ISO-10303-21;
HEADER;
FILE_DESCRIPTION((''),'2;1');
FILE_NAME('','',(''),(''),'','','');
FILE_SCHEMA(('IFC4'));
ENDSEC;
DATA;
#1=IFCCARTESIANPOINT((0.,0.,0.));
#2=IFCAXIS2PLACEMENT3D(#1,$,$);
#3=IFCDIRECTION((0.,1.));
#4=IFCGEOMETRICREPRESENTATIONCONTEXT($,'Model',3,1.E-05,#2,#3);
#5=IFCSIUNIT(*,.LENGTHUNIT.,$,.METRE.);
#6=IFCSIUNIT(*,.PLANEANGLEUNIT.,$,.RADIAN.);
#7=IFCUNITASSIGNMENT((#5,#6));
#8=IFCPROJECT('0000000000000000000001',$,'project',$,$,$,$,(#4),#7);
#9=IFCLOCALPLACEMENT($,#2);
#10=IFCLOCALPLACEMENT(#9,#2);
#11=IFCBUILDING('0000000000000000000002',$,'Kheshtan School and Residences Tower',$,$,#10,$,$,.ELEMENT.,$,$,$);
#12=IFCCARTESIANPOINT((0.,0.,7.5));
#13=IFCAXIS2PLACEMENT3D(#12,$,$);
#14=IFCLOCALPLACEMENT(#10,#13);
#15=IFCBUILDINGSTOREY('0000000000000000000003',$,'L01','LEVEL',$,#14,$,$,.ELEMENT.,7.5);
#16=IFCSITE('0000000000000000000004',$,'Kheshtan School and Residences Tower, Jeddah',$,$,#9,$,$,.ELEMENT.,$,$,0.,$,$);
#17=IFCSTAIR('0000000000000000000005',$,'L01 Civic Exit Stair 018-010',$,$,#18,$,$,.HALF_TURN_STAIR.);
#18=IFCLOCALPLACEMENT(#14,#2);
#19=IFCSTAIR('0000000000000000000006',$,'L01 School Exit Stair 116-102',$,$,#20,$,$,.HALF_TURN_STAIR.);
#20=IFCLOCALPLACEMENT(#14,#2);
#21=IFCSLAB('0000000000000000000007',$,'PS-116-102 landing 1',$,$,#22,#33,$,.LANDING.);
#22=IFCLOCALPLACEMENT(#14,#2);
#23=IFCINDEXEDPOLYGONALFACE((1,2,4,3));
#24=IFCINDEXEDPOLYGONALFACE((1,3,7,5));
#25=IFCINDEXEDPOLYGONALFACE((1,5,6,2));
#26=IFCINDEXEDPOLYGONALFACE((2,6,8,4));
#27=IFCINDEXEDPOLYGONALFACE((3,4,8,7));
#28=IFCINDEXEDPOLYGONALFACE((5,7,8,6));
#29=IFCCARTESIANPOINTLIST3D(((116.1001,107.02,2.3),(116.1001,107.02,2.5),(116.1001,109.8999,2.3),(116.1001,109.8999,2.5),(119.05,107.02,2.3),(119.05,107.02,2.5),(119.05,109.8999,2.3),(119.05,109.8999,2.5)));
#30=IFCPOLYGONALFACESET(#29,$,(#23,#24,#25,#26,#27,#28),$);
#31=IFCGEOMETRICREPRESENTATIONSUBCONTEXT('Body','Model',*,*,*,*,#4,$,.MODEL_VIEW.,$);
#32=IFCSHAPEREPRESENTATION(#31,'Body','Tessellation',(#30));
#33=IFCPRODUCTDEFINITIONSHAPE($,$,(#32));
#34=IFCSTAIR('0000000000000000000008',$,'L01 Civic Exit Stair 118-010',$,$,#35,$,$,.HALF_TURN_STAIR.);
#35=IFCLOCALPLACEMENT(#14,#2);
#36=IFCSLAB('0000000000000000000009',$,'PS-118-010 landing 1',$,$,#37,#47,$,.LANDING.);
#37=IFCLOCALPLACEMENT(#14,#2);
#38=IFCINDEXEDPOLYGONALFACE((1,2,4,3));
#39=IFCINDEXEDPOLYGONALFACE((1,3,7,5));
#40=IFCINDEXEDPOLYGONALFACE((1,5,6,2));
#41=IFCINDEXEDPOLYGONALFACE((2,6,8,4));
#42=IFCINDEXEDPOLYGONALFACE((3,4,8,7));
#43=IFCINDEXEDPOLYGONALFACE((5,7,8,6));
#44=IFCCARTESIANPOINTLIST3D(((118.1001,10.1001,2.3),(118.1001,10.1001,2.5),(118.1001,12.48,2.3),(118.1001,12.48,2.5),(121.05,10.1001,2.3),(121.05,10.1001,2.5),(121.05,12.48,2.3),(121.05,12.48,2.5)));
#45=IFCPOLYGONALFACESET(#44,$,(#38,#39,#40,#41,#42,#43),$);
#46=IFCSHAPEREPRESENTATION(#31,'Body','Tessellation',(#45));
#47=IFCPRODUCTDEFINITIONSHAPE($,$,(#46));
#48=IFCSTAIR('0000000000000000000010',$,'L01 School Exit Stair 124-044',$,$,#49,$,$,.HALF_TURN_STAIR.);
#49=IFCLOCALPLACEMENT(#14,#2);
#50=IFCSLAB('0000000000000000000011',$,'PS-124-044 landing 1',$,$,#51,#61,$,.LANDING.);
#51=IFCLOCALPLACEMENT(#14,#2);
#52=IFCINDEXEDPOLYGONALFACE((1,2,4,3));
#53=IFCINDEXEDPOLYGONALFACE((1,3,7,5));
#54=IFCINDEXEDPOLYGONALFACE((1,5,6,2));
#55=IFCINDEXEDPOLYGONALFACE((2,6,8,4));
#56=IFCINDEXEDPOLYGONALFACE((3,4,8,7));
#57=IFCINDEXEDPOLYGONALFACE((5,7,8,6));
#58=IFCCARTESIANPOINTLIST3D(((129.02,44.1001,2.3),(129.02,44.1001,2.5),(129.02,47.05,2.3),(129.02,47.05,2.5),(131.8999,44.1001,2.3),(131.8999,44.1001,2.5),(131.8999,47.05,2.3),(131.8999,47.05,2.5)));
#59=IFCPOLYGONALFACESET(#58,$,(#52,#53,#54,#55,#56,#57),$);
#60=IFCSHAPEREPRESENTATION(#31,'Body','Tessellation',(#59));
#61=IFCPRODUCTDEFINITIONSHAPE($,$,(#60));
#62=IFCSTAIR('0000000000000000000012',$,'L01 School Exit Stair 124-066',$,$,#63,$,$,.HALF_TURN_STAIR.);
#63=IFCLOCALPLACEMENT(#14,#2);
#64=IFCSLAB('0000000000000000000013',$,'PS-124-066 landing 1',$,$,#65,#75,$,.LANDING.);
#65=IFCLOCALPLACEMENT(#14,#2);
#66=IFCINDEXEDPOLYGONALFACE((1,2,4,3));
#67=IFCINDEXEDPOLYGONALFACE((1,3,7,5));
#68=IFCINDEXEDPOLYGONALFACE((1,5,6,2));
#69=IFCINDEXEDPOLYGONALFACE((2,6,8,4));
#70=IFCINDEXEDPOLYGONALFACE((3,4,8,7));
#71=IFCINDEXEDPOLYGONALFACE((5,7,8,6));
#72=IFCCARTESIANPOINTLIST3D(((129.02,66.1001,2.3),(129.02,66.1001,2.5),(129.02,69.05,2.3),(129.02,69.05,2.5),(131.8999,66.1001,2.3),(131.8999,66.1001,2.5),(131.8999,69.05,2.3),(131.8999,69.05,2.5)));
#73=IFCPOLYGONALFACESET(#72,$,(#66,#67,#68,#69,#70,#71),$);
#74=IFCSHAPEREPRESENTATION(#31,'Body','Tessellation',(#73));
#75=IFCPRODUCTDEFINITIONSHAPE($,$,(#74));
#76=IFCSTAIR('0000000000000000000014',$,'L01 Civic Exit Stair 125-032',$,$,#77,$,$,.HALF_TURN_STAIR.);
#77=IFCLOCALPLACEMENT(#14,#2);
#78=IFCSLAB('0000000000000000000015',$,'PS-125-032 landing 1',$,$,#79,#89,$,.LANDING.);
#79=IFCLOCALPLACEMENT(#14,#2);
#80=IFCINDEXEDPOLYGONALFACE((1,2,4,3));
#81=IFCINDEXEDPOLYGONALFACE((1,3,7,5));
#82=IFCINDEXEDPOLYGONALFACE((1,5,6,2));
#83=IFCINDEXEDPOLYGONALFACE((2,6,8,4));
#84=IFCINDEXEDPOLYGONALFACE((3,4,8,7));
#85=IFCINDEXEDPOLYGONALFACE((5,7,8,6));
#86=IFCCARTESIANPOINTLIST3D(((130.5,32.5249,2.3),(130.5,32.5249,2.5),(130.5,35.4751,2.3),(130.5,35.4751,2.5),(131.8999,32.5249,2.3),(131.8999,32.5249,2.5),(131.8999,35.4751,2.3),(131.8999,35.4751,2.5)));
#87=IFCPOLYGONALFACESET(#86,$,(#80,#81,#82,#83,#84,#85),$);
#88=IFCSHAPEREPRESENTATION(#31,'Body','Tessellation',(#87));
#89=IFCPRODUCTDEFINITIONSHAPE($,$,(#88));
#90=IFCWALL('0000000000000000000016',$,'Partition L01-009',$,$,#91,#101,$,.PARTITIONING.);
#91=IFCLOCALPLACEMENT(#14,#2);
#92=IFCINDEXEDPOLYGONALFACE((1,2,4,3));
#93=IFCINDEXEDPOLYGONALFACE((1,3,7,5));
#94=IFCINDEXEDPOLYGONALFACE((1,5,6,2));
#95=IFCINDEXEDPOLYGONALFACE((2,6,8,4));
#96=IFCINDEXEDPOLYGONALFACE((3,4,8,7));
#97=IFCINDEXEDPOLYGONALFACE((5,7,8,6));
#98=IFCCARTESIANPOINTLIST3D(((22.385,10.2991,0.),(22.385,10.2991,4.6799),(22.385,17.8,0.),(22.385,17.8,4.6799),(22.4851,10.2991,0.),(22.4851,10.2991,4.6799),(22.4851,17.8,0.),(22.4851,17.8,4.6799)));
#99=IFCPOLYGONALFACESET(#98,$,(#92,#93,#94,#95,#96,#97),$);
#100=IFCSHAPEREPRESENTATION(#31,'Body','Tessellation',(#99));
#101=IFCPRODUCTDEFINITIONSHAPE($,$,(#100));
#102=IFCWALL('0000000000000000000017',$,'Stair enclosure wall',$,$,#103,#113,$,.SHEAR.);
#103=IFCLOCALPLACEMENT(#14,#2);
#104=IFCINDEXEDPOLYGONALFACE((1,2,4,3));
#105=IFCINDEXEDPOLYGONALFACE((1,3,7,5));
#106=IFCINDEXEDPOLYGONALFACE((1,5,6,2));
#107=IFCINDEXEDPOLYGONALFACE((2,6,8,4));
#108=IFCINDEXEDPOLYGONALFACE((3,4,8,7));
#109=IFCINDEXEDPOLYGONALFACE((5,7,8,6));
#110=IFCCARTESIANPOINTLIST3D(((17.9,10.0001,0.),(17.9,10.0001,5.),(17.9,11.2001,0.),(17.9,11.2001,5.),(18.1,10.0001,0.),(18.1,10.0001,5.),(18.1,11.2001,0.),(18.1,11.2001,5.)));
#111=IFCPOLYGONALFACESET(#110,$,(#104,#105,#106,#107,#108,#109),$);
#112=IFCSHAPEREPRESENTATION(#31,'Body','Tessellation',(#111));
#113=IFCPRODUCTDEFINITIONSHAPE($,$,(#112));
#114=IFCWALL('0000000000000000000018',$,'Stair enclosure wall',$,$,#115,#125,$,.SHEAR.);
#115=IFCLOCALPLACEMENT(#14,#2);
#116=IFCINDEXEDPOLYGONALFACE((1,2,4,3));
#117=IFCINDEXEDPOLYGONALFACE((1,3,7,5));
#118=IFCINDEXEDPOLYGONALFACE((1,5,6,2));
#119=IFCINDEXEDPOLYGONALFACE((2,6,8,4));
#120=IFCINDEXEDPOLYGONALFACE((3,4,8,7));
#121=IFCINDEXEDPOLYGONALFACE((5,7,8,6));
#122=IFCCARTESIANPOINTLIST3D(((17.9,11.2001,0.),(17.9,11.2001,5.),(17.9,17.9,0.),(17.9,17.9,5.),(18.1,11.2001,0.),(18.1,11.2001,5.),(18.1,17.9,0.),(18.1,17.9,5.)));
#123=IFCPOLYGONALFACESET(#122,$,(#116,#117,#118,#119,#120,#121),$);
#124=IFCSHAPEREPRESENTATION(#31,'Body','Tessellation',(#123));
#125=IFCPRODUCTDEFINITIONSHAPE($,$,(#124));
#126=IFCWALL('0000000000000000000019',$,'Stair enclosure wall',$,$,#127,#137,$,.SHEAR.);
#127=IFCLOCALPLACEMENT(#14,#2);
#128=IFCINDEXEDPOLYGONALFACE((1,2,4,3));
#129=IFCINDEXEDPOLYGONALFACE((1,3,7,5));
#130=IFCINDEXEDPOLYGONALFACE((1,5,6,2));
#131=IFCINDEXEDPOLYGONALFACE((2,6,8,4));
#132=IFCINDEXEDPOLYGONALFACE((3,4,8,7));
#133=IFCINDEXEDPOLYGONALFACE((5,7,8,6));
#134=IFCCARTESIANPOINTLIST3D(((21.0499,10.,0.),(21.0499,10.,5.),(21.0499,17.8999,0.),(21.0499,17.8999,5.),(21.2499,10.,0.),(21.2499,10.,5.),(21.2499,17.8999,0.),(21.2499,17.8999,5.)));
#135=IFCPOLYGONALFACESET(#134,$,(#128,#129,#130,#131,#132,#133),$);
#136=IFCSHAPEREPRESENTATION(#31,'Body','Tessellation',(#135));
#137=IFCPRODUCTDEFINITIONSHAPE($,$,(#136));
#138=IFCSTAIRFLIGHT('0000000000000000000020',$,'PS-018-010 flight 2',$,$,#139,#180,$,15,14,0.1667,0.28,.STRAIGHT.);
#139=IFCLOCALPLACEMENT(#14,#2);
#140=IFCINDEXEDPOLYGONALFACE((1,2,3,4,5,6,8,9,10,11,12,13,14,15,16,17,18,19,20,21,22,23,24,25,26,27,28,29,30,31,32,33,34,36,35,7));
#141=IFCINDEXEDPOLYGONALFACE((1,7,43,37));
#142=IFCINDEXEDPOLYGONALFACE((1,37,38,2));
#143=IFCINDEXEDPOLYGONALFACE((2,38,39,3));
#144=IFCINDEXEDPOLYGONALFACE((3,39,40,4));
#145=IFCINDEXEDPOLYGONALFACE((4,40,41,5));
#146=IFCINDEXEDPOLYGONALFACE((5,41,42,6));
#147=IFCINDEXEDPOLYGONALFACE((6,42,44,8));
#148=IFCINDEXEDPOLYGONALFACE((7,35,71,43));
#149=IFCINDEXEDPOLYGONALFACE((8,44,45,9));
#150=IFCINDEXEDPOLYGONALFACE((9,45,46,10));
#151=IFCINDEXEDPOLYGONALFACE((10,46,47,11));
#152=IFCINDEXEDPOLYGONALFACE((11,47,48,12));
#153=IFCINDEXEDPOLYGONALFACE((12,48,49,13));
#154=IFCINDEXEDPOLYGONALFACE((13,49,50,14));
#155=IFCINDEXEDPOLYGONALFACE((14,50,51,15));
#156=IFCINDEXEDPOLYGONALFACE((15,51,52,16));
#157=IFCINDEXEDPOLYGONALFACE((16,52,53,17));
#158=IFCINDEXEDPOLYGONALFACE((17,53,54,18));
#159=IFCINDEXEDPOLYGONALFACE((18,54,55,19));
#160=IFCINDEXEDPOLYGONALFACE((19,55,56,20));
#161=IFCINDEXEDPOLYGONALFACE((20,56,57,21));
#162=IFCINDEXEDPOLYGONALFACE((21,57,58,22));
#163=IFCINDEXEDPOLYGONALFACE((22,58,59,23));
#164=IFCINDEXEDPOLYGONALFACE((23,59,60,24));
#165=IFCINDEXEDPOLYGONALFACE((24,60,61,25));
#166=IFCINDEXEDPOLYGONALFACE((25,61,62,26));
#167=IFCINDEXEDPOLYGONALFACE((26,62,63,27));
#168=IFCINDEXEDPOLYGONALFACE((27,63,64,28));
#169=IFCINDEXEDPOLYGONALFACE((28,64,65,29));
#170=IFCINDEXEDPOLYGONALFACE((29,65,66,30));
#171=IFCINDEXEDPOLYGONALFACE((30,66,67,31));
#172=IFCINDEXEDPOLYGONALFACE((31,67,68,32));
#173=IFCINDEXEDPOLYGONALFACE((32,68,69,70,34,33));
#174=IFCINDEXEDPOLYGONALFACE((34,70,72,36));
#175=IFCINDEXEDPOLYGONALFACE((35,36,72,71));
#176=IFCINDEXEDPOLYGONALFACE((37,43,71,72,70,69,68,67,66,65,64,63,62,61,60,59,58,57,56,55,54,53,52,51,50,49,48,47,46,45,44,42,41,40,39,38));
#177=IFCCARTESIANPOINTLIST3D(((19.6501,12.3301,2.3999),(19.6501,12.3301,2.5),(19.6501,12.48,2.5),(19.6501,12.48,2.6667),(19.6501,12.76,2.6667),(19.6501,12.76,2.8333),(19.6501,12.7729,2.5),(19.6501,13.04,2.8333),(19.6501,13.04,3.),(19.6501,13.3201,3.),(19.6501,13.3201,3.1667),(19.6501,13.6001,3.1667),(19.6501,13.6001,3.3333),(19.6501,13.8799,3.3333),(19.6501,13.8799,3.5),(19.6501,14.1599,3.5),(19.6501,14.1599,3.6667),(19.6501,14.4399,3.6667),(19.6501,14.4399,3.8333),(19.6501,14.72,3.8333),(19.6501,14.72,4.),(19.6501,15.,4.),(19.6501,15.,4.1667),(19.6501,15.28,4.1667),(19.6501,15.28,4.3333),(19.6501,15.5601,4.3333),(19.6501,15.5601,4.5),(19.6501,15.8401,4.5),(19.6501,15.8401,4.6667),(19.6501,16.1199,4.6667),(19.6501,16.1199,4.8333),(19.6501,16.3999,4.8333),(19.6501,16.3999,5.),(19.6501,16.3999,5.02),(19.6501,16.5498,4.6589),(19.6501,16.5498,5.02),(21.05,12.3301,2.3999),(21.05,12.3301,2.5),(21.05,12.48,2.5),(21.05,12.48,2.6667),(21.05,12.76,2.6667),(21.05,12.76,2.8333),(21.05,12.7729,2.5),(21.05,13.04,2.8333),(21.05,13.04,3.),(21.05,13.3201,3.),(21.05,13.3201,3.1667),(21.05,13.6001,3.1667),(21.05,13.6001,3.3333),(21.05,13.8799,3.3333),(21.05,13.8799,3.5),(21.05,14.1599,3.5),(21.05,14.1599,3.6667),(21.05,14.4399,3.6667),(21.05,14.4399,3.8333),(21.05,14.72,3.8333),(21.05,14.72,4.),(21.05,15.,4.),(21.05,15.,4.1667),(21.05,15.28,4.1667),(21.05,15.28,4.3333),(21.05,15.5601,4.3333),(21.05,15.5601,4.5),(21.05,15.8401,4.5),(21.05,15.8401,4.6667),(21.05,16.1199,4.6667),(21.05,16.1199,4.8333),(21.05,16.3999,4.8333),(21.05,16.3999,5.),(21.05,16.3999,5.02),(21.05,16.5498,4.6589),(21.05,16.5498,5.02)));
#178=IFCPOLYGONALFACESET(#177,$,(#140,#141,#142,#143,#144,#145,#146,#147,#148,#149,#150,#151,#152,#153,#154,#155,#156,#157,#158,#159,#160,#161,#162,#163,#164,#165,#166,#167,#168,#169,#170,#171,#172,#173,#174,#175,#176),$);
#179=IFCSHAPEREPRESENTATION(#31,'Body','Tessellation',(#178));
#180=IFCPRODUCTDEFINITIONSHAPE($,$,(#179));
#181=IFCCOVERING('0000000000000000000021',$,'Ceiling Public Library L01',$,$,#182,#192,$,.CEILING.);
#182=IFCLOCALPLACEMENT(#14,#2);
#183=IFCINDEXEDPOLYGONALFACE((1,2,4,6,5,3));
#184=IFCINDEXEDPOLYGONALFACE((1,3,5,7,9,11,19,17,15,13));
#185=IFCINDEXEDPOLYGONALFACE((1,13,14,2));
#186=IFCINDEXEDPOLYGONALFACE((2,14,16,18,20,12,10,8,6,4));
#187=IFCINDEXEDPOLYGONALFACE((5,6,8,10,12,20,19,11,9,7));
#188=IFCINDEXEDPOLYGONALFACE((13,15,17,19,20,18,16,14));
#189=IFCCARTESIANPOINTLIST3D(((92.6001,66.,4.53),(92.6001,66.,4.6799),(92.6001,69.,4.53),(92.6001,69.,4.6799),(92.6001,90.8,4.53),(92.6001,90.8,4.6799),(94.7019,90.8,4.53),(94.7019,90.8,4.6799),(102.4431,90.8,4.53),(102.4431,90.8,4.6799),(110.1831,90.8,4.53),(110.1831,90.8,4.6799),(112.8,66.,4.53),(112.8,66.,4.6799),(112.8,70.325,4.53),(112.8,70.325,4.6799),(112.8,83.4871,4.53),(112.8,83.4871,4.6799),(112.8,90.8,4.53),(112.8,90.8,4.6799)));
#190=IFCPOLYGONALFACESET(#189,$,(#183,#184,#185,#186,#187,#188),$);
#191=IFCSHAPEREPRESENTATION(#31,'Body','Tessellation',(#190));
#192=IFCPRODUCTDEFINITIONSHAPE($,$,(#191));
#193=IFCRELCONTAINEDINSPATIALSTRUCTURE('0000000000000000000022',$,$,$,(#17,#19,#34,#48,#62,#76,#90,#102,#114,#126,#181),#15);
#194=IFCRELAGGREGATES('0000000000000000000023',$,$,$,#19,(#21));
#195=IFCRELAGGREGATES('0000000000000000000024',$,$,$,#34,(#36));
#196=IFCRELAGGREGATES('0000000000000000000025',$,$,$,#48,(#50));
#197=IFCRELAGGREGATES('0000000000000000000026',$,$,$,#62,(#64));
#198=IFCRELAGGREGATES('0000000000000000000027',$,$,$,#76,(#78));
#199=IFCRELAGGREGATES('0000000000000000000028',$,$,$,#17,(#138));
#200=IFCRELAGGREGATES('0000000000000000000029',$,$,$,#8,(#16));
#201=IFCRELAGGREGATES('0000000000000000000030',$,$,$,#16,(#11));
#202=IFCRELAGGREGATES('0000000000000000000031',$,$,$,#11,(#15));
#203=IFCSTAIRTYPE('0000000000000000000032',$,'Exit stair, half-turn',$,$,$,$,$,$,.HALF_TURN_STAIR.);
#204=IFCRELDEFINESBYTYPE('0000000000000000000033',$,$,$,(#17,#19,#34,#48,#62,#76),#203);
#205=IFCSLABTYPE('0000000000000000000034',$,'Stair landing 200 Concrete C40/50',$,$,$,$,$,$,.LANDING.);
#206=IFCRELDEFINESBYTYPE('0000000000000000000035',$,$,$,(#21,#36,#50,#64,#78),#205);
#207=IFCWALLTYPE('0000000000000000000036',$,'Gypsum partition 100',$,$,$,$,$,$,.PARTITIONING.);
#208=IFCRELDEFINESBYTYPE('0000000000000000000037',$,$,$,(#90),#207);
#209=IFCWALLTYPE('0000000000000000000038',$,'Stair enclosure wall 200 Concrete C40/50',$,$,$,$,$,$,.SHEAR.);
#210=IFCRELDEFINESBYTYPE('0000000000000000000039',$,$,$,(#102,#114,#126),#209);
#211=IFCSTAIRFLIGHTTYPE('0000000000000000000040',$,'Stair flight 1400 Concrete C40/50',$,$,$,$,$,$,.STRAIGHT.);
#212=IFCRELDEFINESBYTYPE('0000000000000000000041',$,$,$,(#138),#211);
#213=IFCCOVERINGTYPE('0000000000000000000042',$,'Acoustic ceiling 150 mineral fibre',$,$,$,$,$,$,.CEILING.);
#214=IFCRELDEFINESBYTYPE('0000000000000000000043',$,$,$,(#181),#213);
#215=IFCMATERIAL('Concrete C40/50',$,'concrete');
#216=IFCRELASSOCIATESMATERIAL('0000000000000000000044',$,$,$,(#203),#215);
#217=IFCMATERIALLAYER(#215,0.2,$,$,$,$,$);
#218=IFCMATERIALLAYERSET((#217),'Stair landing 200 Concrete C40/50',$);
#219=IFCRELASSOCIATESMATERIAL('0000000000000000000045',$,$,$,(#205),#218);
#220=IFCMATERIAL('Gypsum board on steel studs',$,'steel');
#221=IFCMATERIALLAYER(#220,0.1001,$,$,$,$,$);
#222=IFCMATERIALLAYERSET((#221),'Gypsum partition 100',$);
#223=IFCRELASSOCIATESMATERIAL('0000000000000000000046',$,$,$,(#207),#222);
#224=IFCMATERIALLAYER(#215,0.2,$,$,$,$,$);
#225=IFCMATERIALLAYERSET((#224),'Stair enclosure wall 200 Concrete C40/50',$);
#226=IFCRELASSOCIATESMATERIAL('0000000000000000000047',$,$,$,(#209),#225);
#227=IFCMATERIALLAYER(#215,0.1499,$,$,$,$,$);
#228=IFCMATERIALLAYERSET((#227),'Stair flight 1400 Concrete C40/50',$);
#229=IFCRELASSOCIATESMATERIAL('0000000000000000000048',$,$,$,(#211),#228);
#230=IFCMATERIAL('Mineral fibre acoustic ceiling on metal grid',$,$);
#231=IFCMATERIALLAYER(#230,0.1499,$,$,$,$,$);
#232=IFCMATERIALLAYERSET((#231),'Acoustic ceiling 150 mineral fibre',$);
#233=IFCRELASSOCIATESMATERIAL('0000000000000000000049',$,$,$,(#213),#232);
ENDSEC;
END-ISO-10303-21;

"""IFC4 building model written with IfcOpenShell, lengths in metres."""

from ifc_helpers import new_model, si_unit, direction, frame, frame_2d, origin, place, context, subcontext, project, spatial, polyline, rectangle, outline, extrude, material, layer, layer_set, type_object, element, aggregate, save


model = new_model("IFC4")

# Units and contexts
model_context = context("Model", 3, precision=1e-05, world=origin(), true_north=direction((0.0, 1.0)))
body_context = subcontext(model_context, "Body", "Model", "MODEL_VIEW")
ifc_project = project(units=[si_unit("LENGTHUNIT", "METRE"), si_unit("PLANEANGLEUNIT", "RADIAN")], contexts=[model_context])

# Site, building, storey
site_placement = place(None, origin())
site = spatial("IfcSite", under=ifc_project, at=site_placement, Name="Kheshtan School and Residences Tower, Jeddah", CompositionType="ELEMENT", RefElevation=0.0)
building_placement = place(site_placement, origin())
building = spatial("IfcBuilding", under=site, at=building_placement, Name="Kheshtan School and Residences Tower", CompositionType="ELEMENT")
storey_placement = place(building_placement, frame((0.0, 0.0, 7.5)))
storey = spatial("IfcBuildingStorey", under=building, at=storey_placement, Name="L01", Description="LEVEL", CompositionType="ELEMENT", Elevation=7.5)

# Shared definitions
ifc_material_1 = material(Name="Concrete C40/50", Category="concrete")

# Stairs, slabs
stair_type = type_object("IfcStairType", Name="Exit stair, half-turn", PredefinedType="HALF_TURN_STAIR", material=ifc_material_1)
ifc_layer_1 = layer(ifc_material_1, 0.2)
ifc_layer_set_1 = layer_set([ifc_layer_1], Name="Stair landing 200 Concrete C40/50")
slab_type_1 = type_object("IfcSlabType", Name="Stair landing 200 Concrete C40/50", PredefinedType="LANDING", material=ifc_layer_set_1)
stair_1_placement = place(storey_placement, origin())
stair_1 = element("IfcStair", 1, at=stair_1_placement, inside=storey, type_object=stair_type, Name="L01 Civic Exit Stair 018-010", PredefinedType="HALF_TURN_STAIR")
stair_2_placement = place(storey_placement, origin())
stair_2 = element("IfcStair", 2, at=stair_2_placement, inside=storey, type_object=stair_type, Name="L01 School Exit Stair 116-102", PredefinedType="HALF_TURN_STAIR")
slab_1_placement = place(storey_placement, frame((0.0, 0.0, 2.3)))
slab_1 = element("IfcSlab", 3, at=slab_1_placement, type_object=slab_type_1, Name="PS-116-102 landing 1", PredefinedType="LANDING", context=body_context, shape_type="SweptSolid", body=[
    extrude(outline(polyline([(119.05, 107.02), (119.05, 109.8999), (116.1001, 109.8999), (116.1001, 107.02), (119.05, 107.02)])), origin(), (0.0, 0.0, 1.0), 0.2),
])
aggregate(stair_2, [slab_1])
stair_3_placement = place(storey_placement, origin())
stair_3 = element("IfcStair", 4, at=stair_3_placement, inside=storey, type_object=stair_type, Name="L01 Civic Exit Stair 118-010", PredefinedType="HALF_TURN_STAIR")
slab_2_placement = place(storey_placement, frame((0.0, 0.0, 2.3)))
slab_2 = element("IfcSlab", 5, at=slab_2_placement, type_object=slab_type_1, Name="PS-118-010 landing 1", PredefinedType="LANDING", context=body_context, shape_type="SweptSolid", body=[
    extrude(outline(polyline([(118.1001, 12.48), (118.1001, 10.1001), (121.05, 10.1001), (121.05, 12.48), (118.1001, 12.48)])), origin(), (0.0, 0.0, 1.0), 0.2),
])
aggregate(stair_3, [slab_2])
stair_4_placement = place(storey_placement, origin())
stair_4 = element("IfcStair", 6, at=stair_4_placement, inside=storey, type_object=stair_type, Name="L01 School Exit Stair 124-044", PredefinedType="HALF_TURN_STAIR")
slab_3_placement = place(storey_placement, frame((0.0, 0.0, 2.3)))
slab_3 = element("IfcSlab", 7, at=slab_3_placement, type_object=slab_type_1, Name="PS-124-044 landing 1", PredefinedType="LANDING", context=body_context, shape_type="SweptSolid", body=[
    extrude(outline(polyline([(129.02, 44.1001), (131.8999, 44.1001), (131.8999, 47.05), (129.02, 47.05), (129.02, 44.1001)])), origin(), (0.0, 0.0, 1.0), 0.2),
])
aggregate(stair_4, [slab_3])
stair_5_placement = place(storey_placement, origin())
stair_5 = element("IfcStair", 8, at=stair_5_placement, inside=storey, type_object=stair_type, Name="L01 School Exit Stair 124-066", PredefinedType="HALF_TURN_STAIR")
slab_4_placement = place(storey_placement, frame((0.0, 0.0, 2.3)))
slab_4 = element("IfcSlab", 9, at=slab_4_placement, type_object=slab_type_1, Name="PS-124-066 landing 1", PredefinedType="LANDING", context=body_context, shape_type="SweptSolid", body=[
    extrude(outline(polyline([(129.02, 66.1001), (131.8999, 66.1001), (131.8999, 69.05), (129.02, 69.05), (129.02, 66.1001)])), origin(), (0.0, 0.0, 1.0), 0.2),
])
aggregate(stair_5, [slab_4])
stair_6_placement = place(storey_placement, origin())
stair_6 = element("IfcStair", 10, at=stair_6_placement, inside=storey, type_object=stair_type, Name="L01 Civic Exit Stair 125-032", PredefinedType="HALF_TURN_STAIR")
slab_5_placement = place(storey_placement, frame((0.0, 0.0, 2.3)))
slab_5 = element("IfcSlab", 11, at=slab_5_placement, type_object=slab_type_1, Name="PS-125-032 landing 1", PredefinedType="LANDING", context=body_context, shape_type="SweptSolid", body=[
    extrude(outline(polyline([(130.5, 32.5249), (131.8999, 32.5249), (131.8999, 35.4751), (130.5, 35.4751), (130.5, 32.5249)])), origin(), (0.0, 0.0, 1.0), 0.2),
])
aggregate(stair_6, [slab_5])

# Walls
ifc_material_2 = material(Name="Gypsum board on steel studs", Category="steel")
ifc_layer_2 = layer(ifc_material_2, 0.1001)
ifc_layer_set_2 = layer_set([ifc_layer_2], Name="Gypsum partition 100")
wall_type_1 = type_object("IfcWallType", Name="Gypsum partition 100", PredefinedType="PARTITIONING", material=ifc_layer_set_2)
wall_1_placement = place(storey_placement, frame((22.4351, 10.2991, 0.0), z_axis=(0.0, 0.0, 1.0), x_axis=(0.0, 1.0, 0.0)))
element("IfcWall", 12, at=wall_1_placement, inside=storey, type_object=wall_type_1, Name="Partition L01-009", PredefinedType="PARTITIONING", context=body_context, shape_type="SweptSolid", body=[
    extrude(rectangle(XDim=7.501, YDim=0.1001, at=frame_2d((3.7505, 0.0))), origin(), (0.0, 0.0, 1.0), 4.6799),
])
ifc_layer_3 = layer(ifc_material_1, 0.2)
ifc_layer_set_3 = layer_set([ifc_layer_3], Name="Stair enclosure wall 200 Concrete C40/50")
wall_type_2 = type_object("IfcWallType", Name="Stair enclosure wall 200 Concrete C40/50", PredefinedType="SHEAR", material=ifc_layer_set_3)
wall_2_placement = place(storey_placement, frame((18.0, 10.0, 0.0), z_axis=(0.0, 0.0, 1.0), x_axis=(0.0, 1.0, 0.0)))
element("IfcWall", 13, at=wall_2_placement, inside=storey, type_object=wall_type_2, Name="Stair enclosure wall", PredefinedType="SHEAR", context=body_context, shape_type="SweptSolid", body=[
    extrude(rectangle(XDim=1.2, YDim=0.2, at=frame_2d((0.6001, 0.0))), origin(), (0.0, 0.0, 1.0), 5.0),
])
wall_3_placement = place(storey_placement, frame((18.0, 11.2, 0.0), z_axis=(0.0, 0.0, 1.0), x_axis=(0.0, 1.0, 0.0)))
element("IfcWall", 14, at=wall_3_placement, inside=storey, type_object=wall_type_2, Name="Stair enclosure wall", PredefinedType="SHEAR", context=body_context, shape_type="SweptSolid", body=[
    extrude(rectangle(XDim=6.7, YDim=0.2, at=frame_2d((3.3501, 0.0))), origin(), (0.0, 0.0, 1.0), 5.0),
])
wall_4_placement = place(storey_placement, frame((21.1499, 10.0, 0.0), z_axis=(0.0, 0.0, 1.0), x_axis=(0.0, 1.0, 0.0)))
element("IfcWall", 15, at=wall_4_placement, inside=storey, type_object=wall_type_2, Name="Stair enclosure wall", PredefinedType="SHEAR", context=body_context, shape_type="SweptSolid", body=[
    extrude(rectangle(XDim=7.8999, YDim=0.2, at=frame_2d((3.95, 0.0))), origin(), (0.0, 0.0, 1.0), 5.0),
])

# Stair flight
ifc_layer_4 = layer(ifc_material_1, 0.1499)
ifc_layer_set_4 = layer_set([ifc_layer_4], Name="Stair flight 1400 Concrete C40/50")
stair_flight_type = type_object("IfcStairFlightType", Name="Stair flight 1400 Concrete C40/50", PredefinedType="STRAIGHT", material=ifc_layer_set_4)
stair_flight_placement = place(storey_placement, frame((20.3501, 12.48, 2.5), z_axis=(0.0, 0.0, 1.0), x_axis=(0.0, 1.0, 0.0)))
stair_flight = element("IfcStairFlight", 16, at=stair_flight_placement, type_object=stair_flight_type, Name="PS-018-010 flight 2", NumberOfRisers=15, NumberOfTreads=14, PredefinedType="STRAIGHT", RiserHeight=0.1667, TreadLength=0.28, context=body_context, shape_type="SweptSolid", body=[
    extrude(outline(polyline([(-0.1499, -0.1001), (-0.1499, 0.0), (0.0, 0.0), (0.0, 0.1667), (0.28, 0.1667), (0.28, 0.3333), (0.5601, 0.3333), (0.5601, 0.5), (0.8401, 0.5), (0.8401, 0.6667), (1.1201, 0.6667), (1.1201, 0.8333), (1.3999, 0.8333), (1.3999, 1.0), (1.6799, 1.0), (1.6799, 1.1667), (1.96, 1.1667), (1.96, 1.3333), (2.24, 1.3333), (2.24, 1.5), (2.52, 1.5), (2.52, 1.6667), (2.8, 1.6667), (2.8, 1.8333), (3.0801, 1.8333), (3.0801, 2.0), (3.3601, 2.0), (3.3601, 2.1667), (3.6399, 2.1667), (3.6399, 2.3333), (3.9199, 2.3333), (3.9199, 2.5), (3.9199, 2.52), (4.0698, 2.52), (4.0698, 2.1589), (0.293, 0.0), (-0.1499, -0.1001)])), frame((0.0, 0.7, 0.0), z_axis=(0.0, -1.0, 0.0), x_axis=(1.0, 0.0, 0.0)), (0.0, 0.0, 1.0), 1.3999),
])
aggregate(stair_1, [stair_flight])

# Covering
ifc_material_3 = material(Name="Mineral fibre acoustic ceiling on metal grid")
ifc_layer_5 = layer(ifc_material_3, 0.1499)
ifc_layer_set_5 = layer_set([ifc_layer_5], Name="Acoustic ceiling 150 mineral fibre")
covering_type = type_object("IfcCoveringType", Name="Acoustic ceiling 150 mineral fibre", PredefinedType="CEILING", material=ifc_layer_set_5)
covering_placement = place(storey_placement, frame((0.0, 0.0, 4.53)))
element("IfcCovering", 17, at=covering_placement, inside=storey, type_object=covering_type, Name="Ceiling Public Library L01", PredefinedType="CEILING", context=body_context, shape_type="SweptSolid", body=[
    extrude(outline(polyline([(94.7019, 90.8), (102.4431, 90.8), (110.1831, 90.8), (112.8, 90.8), (112.8, 83.4871), (112.8, 70.325), (112.8, 66.0), (92.6001, 66.0), (92.6001, 69.0), (92.6001, 90.8), (94.7019, 90.8)])), origin(), (0.0, 0.0, 1.0), 0.1499),
])

save(model, "model.ifc")
